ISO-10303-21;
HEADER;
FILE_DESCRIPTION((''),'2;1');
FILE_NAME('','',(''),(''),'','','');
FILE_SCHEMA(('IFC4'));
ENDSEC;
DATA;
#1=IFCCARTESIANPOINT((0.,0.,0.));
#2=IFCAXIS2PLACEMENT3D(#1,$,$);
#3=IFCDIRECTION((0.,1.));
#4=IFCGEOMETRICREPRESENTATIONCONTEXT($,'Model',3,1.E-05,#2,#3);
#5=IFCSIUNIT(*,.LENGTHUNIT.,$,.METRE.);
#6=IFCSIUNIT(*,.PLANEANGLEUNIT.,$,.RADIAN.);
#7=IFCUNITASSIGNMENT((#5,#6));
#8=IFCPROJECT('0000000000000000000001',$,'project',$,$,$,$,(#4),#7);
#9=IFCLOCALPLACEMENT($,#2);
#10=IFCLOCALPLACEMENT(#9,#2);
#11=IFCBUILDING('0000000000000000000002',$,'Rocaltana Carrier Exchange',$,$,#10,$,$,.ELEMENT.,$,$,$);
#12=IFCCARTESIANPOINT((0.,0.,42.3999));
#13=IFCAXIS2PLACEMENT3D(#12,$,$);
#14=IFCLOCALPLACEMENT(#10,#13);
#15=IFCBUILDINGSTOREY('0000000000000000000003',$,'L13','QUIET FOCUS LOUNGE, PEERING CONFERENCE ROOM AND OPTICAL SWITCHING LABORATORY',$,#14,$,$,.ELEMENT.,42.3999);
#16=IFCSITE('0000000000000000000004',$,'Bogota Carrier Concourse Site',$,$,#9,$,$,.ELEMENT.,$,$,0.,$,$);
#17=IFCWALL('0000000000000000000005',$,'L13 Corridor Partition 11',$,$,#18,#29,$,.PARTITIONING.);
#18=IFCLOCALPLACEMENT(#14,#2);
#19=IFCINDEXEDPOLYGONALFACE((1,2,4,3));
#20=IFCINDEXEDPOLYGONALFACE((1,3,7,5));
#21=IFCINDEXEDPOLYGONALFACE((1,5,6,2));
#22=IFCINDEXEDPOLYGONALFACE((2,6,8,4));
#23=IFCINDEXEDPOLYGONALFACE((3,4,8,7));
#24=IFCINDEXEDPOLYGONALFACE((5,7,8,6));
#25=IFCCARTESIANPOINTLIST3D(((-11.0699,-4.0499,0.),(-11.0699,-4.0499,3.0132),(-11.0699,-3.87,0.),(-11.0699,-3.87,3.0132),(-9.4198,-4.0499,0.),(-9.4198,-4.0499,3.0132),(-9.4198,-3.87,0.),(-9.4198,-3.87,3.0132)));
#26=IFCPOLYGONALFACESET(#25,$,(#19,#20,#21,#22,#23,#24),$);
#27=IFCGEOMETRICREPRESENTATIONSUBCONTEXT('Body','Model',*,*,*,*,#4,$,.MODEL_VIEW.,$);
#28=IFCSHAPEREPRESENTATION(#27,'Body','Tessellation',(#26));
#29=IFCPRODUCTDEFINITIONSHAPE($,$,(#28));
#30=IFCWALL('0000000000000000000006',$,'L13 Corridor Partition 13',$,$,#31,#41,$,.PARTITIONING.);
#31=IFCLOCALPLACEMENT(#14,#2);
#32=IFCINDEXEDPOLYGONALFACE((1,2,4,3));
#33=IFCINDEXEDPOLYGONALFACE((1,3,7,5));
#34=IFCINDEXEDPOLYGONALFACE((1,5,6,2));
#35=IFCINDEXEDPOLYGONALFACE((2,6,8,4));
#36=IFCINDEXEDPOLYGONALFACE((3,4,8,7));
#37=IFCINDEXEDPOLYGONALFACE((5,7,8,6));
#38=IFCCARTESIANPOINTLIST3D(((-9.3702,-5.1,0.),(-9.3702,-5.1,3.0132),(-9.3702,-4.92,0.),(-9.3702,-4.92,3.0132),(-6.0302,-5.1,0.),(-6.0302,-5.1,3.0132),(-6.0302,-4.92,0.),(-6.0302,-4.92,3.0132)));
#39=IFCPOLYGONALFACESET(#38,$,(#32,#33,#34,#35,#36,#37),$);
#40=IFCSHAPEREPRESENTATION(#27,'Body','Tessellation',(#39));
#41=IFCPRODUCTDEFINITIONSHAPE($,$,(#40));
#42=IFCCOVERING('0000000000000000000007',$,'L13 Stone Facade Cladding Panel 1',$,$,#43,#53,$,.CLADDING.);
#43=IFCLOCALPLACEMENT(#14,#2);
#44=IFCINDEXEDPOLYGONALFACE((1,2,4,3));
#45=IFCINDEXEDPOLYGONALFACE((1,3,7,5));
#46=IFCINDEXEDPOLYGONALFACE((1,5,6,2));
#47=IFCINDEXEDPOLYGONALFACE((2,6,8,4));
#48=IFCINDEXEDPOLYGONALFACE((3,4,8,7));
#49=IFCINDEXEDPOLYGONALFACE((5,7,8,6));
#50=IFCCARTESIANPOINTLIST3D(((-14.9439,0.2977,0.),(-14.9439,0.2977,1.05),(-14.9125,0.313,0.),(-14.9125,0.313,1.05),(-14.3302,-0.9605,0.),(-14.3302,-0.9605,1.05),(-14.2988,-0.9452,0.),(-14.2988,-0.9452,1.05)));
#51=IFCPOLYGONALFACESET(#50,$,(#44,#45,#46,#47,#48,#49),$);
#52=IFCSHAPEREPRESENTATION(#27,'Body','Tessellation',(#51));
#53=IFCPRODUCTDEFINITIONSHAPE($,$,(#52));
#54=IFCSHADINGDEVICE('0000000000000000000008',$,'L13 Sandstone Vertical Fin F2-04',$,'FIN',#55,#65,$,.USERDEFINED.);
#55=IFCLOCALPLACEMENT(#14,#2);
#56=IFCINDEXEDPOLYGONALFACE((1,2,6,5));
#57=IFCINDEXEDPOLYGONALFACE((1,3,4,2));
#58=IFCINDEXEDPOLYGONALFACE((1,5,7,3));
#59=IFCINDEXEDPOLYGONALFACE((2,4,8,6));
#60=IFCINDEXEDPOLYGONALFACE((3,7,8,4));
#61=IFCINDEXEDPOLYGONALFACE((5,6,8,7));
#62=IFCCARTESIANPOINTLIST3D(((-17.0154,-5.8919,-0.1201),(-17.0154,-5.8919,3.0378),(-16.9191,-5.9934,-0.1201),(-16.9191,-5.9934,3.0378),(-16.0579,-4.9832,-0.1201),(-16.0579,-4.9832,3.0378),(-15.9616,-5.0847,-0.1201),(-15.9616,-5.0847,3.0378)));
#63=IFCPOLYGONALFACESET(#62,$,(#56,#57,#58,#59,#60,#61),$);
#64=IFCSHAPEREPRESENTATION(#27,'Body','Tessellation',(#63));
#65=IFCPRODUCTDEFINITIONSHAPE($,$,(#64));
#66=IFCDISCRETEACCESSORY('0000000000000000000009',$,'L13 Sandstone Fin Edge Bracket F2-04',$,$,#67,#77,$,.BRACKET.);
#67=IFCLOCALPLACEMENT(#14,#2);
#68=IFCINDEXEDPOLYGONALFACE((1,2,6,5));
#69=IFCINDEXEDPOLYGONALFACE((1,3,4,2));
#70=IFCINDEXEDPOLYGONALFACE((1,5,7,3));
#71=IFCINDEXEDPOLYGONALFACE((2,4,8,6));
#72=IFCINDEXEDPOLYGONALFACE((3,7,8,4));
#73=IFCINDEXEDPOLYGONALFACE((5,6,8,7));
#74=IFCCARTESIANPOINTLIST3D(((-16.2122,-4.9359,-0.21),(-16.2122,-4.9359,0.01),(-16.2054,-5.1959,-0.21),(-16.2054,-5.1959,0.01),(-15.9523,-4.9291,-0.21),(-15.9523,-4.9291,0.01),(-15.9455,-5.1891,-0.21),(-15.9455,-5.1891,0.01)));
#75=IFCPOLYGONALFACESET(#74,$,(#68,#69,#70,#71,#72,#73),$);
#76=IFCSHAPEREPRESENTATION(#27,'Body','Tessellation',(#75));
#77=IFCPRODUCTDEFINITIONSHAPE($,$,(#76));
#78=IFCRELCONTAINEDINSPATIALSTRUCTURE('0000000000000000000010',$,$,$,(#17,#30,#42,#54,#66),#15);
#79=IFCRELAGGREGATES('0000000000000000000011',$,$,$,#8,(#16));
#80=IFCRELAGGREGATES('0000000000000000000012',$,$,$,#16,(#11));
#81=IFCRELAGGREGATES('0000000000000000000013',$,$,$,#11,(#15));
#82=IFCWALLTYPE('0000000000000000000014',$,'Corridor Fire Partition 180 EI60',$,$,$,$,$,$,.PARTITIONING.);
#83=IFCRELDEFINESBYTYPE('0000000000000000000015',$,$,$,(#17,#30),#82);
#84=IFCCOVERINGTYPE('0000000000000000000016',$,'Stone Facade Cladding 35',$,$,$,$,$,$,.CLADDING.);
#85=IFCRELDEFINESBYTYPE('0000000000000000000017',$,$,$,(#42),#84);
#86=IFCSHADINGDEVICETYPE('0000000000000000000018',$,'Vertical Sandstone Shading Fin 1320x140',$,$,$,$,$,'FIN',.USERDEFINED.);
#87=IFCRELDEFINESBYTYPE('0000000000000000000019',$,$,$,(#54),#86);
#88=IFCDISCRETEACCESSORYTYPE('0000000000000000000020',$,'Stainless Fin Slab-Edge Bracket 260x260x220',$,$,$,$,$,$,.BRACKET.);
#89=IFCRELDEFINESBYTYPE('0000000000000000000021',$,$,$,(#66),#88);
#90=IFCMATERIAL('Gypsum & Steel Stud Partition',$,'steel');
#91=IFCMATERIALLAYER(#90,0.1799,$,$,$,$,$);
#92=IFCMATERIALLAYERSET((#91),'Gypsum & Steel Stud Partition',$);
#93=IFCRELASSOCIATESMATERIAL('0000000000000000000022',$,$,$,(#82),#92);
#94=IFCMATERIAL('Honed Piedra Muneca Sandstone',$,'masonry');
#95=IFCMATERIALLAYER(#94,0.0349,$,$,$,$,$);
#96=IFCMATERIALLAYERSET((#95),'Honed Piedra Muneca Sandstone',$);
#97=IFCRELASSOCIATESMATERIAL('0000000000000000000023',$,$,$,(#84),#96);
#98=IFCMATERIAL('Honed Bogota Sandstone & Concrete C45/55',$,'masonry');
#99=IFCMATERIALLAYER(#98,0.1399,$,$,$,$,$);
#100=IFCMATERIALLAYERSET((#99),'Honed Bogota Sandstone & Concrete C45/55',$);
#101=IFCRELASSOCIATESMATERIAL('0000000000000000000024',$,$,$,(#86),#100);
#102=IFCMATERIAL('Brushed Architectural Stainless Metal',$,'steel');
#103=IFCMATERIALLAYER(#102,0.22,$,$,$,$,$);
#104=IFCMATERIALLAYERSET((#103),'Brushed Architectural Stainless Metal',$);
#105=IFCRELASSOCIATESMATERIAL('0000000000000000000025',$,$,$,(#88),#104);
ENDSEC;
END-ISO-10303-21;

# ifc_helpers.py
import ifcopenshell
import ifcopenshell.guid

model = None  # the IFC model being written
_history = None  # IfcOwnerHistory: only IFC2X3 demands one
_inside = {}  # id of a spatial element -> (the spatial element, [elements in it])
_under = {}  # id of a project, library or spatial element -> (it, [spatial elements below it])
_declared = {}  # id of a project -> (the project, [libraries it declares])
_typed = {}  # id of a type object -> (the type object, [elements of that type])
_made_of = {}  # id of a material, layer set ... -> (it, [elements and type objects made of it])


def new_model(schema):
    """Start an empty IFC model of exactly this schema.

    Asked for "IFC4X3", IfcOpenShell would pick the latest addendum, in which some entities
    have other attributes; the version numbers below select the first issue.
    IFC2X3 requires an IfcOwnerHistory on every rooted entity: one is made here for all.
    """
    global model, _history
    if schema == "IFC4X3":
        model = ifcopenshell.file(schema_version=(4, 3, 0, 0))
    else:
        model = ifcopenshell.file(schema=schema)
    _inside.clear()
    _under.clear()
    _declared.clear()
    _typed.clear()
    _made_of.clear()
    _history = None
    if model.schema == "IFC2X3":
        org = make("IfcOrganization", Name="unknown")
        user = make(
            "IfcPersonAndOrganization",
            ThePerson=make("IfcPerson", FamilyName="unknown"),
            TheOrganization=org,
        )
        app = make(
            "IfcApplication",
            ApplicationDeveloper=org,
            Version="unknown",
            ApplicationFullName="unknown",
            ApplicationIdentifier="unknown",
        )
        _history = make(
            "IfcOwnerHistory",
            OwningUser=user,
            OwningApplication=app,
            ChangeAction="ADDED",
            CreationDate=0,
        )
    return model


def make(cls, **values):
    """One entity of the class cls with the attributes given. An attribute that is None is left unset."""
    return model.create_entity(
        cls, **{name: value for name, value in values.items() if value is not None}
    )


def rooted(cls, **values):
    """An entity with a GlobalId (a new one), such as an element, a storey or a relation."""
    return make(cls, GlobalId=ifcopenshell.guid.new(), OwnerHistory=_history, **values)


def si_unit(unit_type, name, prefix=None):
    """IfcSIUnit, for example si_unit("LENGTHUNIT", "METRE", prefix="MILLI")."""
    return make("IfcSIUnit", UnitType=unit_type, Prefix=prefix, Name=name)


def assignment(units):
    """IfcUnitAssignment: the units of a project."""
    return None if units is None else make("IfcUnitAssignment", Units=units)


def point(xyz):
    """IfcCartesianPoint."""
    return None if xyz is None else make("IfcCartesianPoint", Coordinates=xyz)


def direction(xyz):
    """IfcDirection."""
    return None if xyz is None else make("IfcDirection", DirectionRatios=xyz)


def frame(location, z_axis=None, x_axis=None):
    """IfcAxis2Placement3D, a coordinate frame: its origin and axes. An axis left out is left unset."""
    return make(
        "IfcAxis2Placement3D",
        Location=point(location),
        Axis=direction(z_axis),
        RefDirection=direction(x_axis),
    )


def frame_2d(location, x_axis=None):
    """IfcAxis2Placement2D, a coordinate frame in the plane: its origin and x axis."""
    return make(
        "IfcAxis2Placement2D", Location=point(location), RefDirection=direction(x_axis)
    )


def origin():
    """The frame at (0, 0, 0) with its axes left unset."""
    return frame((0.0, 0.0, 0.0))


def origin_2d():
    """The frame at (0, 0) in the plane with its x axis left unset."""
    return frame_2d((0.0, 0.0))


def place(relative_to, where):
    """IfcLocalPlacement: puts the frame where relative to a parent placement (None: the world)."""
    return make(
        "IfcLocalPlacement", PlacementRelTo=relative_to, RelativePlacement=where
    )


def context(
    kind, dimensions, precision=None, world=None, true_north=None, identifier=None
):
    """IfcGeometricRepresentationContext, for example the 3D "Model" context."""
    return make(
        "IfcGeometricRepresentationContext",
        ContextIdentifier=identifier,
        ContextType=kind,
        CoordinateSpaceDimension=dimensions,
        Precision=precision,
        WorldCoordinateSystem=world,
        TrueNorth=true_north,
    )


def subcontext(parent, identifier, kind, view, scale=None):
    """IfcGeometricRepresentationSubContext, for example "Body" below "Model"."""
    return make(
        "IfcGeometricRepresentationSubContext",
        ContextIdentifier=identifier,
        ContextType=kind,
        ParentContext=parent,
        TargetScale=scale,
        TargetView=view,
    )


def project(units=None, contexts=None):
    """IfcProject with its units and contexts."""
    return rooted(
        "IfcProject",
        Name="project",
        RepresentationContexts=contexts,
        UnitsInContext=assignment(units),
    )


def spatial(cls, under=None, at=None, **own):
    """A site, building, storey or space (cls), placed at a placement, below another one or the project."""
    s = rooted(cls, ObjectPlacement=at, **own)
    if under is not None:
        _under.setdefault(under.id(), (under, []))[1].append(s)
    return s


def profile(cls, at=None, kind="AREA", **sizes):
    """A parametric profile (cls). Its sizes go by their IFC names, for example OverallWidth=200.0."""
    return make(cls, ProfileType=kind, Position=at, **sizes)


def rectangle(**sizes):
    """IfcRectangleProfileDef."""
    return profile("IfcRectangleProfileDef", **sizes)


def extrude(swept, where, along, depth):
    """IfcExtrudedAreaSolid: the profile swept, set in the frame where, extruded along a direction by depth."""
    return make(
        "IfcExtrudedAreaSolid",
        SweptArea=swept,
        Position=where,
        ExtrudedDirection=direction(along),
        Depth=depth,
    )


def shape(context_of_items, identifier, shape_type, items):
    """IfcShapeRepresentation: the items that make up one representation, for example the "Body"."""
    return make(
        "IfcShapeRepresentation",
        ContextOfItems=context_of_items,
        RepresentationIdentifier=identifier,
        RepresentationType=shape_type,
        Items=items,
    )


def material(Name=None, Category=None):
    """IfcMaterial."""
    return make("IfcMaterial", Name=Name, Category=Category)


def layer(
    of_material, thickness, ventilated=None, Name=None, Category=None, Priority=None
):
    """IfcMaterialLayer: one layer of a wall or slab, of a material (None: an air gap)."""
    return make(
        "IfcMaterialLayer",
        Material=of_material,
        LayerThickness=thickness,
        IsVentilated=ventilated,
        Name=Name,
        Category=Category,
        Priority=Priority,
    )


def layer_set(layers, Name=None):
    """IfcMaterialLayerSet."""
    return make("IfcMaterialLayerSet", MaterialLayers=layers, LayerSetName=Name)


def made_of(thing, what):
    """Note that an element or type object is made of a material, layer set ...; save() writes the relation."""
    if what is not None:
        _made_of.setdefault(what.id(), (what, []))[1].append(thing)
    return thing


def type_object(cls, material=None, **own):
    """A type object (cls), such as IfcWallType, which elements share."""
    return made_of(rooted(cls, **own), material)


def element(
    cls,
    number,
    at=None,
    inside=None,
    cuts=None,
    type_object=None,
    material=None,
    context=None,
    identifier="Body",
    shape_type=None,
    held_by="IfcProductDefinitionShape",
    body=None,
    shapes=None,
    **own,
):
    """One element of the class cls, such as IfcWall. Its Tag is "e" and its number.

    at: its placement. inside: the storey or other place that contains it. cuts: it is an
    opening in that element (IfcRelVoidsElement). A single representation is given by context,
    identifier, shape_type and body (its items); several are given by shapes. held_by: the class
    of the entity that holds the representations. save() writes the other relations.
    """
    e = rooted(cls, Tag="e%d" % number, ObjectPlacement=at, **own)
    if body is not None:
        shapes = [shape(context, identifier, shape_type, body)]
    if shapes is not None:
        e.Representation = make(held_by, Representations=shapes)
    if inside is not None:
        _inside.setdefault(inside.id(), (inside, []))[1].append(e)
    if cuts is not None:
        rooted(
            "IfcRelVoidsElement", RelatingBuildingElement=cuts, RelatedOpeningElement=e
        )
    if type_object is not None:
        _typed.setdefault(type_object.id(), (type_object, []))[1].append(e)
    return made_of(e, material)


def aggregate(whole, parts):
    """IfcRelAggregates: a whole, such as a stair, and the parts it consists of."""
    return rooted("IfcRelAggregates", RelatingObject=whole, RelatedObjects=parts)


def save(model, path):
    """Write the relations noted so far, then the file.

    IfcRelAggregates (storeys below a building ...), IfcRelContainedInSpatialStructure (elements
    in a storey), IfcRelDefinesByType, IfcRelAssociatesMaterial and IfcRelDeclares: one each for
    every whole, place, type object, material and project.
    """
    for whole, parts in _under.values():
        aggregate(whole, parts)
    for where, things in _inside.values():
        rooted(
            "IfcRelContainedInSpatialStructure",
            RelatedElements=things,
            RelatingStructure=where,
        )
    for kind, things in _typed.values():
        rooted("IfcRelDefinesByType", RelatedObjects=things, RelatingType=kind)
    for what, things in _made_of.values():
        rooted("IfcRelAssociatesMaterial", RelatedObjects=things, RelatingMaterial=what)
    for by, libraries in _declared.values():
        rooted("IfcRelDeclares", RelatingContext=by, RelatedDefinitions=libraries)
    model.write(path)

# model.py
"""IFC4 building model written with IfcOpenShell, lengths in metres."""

from ifc_helpers import new_model, si_unit, direction, frame, frame_2d, origin, origin_2d, place, context, subcontext, project, spatial, rectangle, extrude, material, layer, layer_set, type_object, element, save


model = new_model("IFC4")

# Units and contexts
model_context = context("Model", 3, precision=1e-05, world=origin(), true_north=direction((0.0, 1.0)))
body_context = subcontext(model_context, "Body", "Model", "MODEL_VIEW")
ifc_project = project(units=[si_unit("LENGTHUNIT", "METRE"), si_unit("PLANEANGLEUNIT", "RADIAN")], contexts=[model_context])

# Site, building, storey
site_placement = place(None, origin())
site = spatial("IfcSite", under=ifc_project, at=site_placement, Name="Bogota Carrier Concourse Site", CompositionType="ELEMENT", RefElevation=0.0)
building_placement = place(site_placement, origin())
building = spatial("IfcBuilding", under=site, at=building_placement, Name="Rocaltana Carrier Exchange", CompositionType="ELEMENT")
storey_placement = place(building_placement, frame((0.0, 0.0, 42.3999)))
storey = spatial("IfcBuildingStorey", under=building, at=storey_placement, Name="L13", Description="QUIET FOCUS LOUNGE, PEERING CONFERENCE ROOM AND OPTICAL SWITCHING LABORATORY", CompositionType="ELEMENT", Elevation=42.3999)

# Shared definitions
ifc_material_1 = material(Name="Gypsum & Steel Stud Partition", Category="steel")
ifc_layer_1 = layer(ifc_material_1, 0.1799)
ifc_layer_set_1 = layer_set([ifc_layer_1], Name="Gypsum & Steel Stud Partition")
wall_type = type_object("IfcWallType", Name="Corridor Fire Partition 180 EI60", PredefinedType="PARTITIONING", material=ifc_layer_set_1)

# Walls
wall_1_placement = place(storey_placement, frame((-11.0701, -3.96, 0.0), z_axis=(0.0, 0.0, 1.0), x_axis=(1.0, 0.0, 0.0)))
element("IfcWall", 1, at=wall_1_placement, inside=storey, type_object=wall_type, Name="L13 Corridor Partition 11", PredefinedType="PARTITIONING", context=body_context, shape_type="SweptSolid", body=[
    extrude(rectangle(XDim=1.6501, YDim=0.1799, at=frame_2d((0.8252, 0.0))), origin(), (0.0, 0.0, 1.0), 3.0132),
])
wall_2_placement = place(storey_placement, frame((-9.3701, -5.01, 0.0), z_axis=(0.0, 0.0, 1.0), x_axis=(1.0, 0.0, 0.0)))
element("IfcWall", 2, at=wall_2_placement, inside=storey, type_object=wall_type, Name="L13 Corridor Partition 13", PredefinedType="PARTITIONING", context=body_context, shape_type="SweptSolid", body=[
    extrude(rectangle(XDim=3.3401, YDim=0.1799, at=frame_2d((1.6699, 0.0))), origin(), (0.0, 0.0, 1.0), 3.0132),
])

# Covering
ifc_material_2 = material(Name="Honed Piedra Muneca Sandstone", Category="masonry")
ifc_layer_2 = layer(ifc_material_2, 0.0349)
ifc_layer_set_2 = layer_set([ifc_layer_2], Name="Honed Piedra Muneca Sandstone")
covering_type = type_object("IfcCoveringType", Name="Stone Facade Cladding 35", PredefinedType="CLADDING", material=ifc_layer_set_2)
covering_placement = place(storey_placement, frame((-14.6213, -0.3237, 0.0), z_axis=(0.0, 0.0, 1.0), x_axis=(-0.438371, 0.898794, 0.0)))
element("IfcCovering", 3, at=covering_placement, inside=storey, type_object=covering_type, Name="L13 Stone Facade Cladding Panel 1", PredefinedType="CLADDING", context=body_context, shape_type="SweptSolid", body=[
    extrude(rectangle(XDim=1.3999, YDim=0.0349, at=origin_2d()), origin(), (0.0, 0.0, 1.0), 1.05),
])

# Shading device
ifc_material_3 = material(Name="Honed Bogota Sandstone & Concrete C45/55", Category="masonry")
ifc_layer_3 = layer(ifc_material_3, 0.1399)
ifc_layer_set_3 = layer_set([ifc_layer_3], Name="Honed Bogota Sandstone & Concrete C45/55")
shading_device_type = type_object("IfcShadingDeviceType", Name="Vertical Sandstone Shading Fin 1320x140", ElementType="FIN", PredefinedType="USERDEFINED", material=ifc_layer_set_3)
shading_device_placement = place(storey_placement, frame((-16.4885, -5.4883, -0.1201), z_axis=(0.0, 0.0, 1.0), x_axis=(-0.725374, -0.688355, 0.0)))
element("IfcShadingDevice", 4, at=shading_device_placement, inside=storey, type_object=shading_device_type, Name="L13 Sandstone Vertical Fin F2-04", ObjectType="FIN", PredefinedType="USERDEFINED", context=body_context, shape_type="SweptSolid", body=[
    extrude(rectangle(XDim=1.3201, YDim=0.1399, at=origin_2d()), origin(), (0.0, 0.0, 1.0), 3.158),
])

# Discrete accessory
ifc_material_4 = material(Name="Brushed Architectural Stainless Metal", Category="steel")
ifc_layer_4 = layer(ifc_material_4, 0.22)
ifc_layer_set_4 = layer_set([ifc_layer_4], Name="Brushed Architectural Stainless Metal")
discrete_accessory_type = type_object("IfcDiscreteAccessoryType", Name="Stainless Fin Slab-Edge Bracket 260x260x220", PredefinedType="BRACKET", material=ifc_layer_set_4)
discrete_accessory_placement = place(storey_placement, frame((-16.0789, -5.0625, -0.21), z_axis=(0.0, 0.0, 1.0), x_axis=(0.026177, -0.999657, 0.0)))
element("IfcDiscreteAccessory", 5, at=discrete_accessory_placement, inside=storey, type_object=discrete_accessory_type, Name="L13 Sandstone Fin Edge Bracket F2-04", PredefinedType="BRACKET", context=body_context, shape_type="SweptSolid", body=[
    extrude(rectangle(XDim=0.26, YDim=0.26, at=origin_2d()), origin(), (0.0, 0.0, 1.0), 0.22),
])

save(model, "model.ifc")
